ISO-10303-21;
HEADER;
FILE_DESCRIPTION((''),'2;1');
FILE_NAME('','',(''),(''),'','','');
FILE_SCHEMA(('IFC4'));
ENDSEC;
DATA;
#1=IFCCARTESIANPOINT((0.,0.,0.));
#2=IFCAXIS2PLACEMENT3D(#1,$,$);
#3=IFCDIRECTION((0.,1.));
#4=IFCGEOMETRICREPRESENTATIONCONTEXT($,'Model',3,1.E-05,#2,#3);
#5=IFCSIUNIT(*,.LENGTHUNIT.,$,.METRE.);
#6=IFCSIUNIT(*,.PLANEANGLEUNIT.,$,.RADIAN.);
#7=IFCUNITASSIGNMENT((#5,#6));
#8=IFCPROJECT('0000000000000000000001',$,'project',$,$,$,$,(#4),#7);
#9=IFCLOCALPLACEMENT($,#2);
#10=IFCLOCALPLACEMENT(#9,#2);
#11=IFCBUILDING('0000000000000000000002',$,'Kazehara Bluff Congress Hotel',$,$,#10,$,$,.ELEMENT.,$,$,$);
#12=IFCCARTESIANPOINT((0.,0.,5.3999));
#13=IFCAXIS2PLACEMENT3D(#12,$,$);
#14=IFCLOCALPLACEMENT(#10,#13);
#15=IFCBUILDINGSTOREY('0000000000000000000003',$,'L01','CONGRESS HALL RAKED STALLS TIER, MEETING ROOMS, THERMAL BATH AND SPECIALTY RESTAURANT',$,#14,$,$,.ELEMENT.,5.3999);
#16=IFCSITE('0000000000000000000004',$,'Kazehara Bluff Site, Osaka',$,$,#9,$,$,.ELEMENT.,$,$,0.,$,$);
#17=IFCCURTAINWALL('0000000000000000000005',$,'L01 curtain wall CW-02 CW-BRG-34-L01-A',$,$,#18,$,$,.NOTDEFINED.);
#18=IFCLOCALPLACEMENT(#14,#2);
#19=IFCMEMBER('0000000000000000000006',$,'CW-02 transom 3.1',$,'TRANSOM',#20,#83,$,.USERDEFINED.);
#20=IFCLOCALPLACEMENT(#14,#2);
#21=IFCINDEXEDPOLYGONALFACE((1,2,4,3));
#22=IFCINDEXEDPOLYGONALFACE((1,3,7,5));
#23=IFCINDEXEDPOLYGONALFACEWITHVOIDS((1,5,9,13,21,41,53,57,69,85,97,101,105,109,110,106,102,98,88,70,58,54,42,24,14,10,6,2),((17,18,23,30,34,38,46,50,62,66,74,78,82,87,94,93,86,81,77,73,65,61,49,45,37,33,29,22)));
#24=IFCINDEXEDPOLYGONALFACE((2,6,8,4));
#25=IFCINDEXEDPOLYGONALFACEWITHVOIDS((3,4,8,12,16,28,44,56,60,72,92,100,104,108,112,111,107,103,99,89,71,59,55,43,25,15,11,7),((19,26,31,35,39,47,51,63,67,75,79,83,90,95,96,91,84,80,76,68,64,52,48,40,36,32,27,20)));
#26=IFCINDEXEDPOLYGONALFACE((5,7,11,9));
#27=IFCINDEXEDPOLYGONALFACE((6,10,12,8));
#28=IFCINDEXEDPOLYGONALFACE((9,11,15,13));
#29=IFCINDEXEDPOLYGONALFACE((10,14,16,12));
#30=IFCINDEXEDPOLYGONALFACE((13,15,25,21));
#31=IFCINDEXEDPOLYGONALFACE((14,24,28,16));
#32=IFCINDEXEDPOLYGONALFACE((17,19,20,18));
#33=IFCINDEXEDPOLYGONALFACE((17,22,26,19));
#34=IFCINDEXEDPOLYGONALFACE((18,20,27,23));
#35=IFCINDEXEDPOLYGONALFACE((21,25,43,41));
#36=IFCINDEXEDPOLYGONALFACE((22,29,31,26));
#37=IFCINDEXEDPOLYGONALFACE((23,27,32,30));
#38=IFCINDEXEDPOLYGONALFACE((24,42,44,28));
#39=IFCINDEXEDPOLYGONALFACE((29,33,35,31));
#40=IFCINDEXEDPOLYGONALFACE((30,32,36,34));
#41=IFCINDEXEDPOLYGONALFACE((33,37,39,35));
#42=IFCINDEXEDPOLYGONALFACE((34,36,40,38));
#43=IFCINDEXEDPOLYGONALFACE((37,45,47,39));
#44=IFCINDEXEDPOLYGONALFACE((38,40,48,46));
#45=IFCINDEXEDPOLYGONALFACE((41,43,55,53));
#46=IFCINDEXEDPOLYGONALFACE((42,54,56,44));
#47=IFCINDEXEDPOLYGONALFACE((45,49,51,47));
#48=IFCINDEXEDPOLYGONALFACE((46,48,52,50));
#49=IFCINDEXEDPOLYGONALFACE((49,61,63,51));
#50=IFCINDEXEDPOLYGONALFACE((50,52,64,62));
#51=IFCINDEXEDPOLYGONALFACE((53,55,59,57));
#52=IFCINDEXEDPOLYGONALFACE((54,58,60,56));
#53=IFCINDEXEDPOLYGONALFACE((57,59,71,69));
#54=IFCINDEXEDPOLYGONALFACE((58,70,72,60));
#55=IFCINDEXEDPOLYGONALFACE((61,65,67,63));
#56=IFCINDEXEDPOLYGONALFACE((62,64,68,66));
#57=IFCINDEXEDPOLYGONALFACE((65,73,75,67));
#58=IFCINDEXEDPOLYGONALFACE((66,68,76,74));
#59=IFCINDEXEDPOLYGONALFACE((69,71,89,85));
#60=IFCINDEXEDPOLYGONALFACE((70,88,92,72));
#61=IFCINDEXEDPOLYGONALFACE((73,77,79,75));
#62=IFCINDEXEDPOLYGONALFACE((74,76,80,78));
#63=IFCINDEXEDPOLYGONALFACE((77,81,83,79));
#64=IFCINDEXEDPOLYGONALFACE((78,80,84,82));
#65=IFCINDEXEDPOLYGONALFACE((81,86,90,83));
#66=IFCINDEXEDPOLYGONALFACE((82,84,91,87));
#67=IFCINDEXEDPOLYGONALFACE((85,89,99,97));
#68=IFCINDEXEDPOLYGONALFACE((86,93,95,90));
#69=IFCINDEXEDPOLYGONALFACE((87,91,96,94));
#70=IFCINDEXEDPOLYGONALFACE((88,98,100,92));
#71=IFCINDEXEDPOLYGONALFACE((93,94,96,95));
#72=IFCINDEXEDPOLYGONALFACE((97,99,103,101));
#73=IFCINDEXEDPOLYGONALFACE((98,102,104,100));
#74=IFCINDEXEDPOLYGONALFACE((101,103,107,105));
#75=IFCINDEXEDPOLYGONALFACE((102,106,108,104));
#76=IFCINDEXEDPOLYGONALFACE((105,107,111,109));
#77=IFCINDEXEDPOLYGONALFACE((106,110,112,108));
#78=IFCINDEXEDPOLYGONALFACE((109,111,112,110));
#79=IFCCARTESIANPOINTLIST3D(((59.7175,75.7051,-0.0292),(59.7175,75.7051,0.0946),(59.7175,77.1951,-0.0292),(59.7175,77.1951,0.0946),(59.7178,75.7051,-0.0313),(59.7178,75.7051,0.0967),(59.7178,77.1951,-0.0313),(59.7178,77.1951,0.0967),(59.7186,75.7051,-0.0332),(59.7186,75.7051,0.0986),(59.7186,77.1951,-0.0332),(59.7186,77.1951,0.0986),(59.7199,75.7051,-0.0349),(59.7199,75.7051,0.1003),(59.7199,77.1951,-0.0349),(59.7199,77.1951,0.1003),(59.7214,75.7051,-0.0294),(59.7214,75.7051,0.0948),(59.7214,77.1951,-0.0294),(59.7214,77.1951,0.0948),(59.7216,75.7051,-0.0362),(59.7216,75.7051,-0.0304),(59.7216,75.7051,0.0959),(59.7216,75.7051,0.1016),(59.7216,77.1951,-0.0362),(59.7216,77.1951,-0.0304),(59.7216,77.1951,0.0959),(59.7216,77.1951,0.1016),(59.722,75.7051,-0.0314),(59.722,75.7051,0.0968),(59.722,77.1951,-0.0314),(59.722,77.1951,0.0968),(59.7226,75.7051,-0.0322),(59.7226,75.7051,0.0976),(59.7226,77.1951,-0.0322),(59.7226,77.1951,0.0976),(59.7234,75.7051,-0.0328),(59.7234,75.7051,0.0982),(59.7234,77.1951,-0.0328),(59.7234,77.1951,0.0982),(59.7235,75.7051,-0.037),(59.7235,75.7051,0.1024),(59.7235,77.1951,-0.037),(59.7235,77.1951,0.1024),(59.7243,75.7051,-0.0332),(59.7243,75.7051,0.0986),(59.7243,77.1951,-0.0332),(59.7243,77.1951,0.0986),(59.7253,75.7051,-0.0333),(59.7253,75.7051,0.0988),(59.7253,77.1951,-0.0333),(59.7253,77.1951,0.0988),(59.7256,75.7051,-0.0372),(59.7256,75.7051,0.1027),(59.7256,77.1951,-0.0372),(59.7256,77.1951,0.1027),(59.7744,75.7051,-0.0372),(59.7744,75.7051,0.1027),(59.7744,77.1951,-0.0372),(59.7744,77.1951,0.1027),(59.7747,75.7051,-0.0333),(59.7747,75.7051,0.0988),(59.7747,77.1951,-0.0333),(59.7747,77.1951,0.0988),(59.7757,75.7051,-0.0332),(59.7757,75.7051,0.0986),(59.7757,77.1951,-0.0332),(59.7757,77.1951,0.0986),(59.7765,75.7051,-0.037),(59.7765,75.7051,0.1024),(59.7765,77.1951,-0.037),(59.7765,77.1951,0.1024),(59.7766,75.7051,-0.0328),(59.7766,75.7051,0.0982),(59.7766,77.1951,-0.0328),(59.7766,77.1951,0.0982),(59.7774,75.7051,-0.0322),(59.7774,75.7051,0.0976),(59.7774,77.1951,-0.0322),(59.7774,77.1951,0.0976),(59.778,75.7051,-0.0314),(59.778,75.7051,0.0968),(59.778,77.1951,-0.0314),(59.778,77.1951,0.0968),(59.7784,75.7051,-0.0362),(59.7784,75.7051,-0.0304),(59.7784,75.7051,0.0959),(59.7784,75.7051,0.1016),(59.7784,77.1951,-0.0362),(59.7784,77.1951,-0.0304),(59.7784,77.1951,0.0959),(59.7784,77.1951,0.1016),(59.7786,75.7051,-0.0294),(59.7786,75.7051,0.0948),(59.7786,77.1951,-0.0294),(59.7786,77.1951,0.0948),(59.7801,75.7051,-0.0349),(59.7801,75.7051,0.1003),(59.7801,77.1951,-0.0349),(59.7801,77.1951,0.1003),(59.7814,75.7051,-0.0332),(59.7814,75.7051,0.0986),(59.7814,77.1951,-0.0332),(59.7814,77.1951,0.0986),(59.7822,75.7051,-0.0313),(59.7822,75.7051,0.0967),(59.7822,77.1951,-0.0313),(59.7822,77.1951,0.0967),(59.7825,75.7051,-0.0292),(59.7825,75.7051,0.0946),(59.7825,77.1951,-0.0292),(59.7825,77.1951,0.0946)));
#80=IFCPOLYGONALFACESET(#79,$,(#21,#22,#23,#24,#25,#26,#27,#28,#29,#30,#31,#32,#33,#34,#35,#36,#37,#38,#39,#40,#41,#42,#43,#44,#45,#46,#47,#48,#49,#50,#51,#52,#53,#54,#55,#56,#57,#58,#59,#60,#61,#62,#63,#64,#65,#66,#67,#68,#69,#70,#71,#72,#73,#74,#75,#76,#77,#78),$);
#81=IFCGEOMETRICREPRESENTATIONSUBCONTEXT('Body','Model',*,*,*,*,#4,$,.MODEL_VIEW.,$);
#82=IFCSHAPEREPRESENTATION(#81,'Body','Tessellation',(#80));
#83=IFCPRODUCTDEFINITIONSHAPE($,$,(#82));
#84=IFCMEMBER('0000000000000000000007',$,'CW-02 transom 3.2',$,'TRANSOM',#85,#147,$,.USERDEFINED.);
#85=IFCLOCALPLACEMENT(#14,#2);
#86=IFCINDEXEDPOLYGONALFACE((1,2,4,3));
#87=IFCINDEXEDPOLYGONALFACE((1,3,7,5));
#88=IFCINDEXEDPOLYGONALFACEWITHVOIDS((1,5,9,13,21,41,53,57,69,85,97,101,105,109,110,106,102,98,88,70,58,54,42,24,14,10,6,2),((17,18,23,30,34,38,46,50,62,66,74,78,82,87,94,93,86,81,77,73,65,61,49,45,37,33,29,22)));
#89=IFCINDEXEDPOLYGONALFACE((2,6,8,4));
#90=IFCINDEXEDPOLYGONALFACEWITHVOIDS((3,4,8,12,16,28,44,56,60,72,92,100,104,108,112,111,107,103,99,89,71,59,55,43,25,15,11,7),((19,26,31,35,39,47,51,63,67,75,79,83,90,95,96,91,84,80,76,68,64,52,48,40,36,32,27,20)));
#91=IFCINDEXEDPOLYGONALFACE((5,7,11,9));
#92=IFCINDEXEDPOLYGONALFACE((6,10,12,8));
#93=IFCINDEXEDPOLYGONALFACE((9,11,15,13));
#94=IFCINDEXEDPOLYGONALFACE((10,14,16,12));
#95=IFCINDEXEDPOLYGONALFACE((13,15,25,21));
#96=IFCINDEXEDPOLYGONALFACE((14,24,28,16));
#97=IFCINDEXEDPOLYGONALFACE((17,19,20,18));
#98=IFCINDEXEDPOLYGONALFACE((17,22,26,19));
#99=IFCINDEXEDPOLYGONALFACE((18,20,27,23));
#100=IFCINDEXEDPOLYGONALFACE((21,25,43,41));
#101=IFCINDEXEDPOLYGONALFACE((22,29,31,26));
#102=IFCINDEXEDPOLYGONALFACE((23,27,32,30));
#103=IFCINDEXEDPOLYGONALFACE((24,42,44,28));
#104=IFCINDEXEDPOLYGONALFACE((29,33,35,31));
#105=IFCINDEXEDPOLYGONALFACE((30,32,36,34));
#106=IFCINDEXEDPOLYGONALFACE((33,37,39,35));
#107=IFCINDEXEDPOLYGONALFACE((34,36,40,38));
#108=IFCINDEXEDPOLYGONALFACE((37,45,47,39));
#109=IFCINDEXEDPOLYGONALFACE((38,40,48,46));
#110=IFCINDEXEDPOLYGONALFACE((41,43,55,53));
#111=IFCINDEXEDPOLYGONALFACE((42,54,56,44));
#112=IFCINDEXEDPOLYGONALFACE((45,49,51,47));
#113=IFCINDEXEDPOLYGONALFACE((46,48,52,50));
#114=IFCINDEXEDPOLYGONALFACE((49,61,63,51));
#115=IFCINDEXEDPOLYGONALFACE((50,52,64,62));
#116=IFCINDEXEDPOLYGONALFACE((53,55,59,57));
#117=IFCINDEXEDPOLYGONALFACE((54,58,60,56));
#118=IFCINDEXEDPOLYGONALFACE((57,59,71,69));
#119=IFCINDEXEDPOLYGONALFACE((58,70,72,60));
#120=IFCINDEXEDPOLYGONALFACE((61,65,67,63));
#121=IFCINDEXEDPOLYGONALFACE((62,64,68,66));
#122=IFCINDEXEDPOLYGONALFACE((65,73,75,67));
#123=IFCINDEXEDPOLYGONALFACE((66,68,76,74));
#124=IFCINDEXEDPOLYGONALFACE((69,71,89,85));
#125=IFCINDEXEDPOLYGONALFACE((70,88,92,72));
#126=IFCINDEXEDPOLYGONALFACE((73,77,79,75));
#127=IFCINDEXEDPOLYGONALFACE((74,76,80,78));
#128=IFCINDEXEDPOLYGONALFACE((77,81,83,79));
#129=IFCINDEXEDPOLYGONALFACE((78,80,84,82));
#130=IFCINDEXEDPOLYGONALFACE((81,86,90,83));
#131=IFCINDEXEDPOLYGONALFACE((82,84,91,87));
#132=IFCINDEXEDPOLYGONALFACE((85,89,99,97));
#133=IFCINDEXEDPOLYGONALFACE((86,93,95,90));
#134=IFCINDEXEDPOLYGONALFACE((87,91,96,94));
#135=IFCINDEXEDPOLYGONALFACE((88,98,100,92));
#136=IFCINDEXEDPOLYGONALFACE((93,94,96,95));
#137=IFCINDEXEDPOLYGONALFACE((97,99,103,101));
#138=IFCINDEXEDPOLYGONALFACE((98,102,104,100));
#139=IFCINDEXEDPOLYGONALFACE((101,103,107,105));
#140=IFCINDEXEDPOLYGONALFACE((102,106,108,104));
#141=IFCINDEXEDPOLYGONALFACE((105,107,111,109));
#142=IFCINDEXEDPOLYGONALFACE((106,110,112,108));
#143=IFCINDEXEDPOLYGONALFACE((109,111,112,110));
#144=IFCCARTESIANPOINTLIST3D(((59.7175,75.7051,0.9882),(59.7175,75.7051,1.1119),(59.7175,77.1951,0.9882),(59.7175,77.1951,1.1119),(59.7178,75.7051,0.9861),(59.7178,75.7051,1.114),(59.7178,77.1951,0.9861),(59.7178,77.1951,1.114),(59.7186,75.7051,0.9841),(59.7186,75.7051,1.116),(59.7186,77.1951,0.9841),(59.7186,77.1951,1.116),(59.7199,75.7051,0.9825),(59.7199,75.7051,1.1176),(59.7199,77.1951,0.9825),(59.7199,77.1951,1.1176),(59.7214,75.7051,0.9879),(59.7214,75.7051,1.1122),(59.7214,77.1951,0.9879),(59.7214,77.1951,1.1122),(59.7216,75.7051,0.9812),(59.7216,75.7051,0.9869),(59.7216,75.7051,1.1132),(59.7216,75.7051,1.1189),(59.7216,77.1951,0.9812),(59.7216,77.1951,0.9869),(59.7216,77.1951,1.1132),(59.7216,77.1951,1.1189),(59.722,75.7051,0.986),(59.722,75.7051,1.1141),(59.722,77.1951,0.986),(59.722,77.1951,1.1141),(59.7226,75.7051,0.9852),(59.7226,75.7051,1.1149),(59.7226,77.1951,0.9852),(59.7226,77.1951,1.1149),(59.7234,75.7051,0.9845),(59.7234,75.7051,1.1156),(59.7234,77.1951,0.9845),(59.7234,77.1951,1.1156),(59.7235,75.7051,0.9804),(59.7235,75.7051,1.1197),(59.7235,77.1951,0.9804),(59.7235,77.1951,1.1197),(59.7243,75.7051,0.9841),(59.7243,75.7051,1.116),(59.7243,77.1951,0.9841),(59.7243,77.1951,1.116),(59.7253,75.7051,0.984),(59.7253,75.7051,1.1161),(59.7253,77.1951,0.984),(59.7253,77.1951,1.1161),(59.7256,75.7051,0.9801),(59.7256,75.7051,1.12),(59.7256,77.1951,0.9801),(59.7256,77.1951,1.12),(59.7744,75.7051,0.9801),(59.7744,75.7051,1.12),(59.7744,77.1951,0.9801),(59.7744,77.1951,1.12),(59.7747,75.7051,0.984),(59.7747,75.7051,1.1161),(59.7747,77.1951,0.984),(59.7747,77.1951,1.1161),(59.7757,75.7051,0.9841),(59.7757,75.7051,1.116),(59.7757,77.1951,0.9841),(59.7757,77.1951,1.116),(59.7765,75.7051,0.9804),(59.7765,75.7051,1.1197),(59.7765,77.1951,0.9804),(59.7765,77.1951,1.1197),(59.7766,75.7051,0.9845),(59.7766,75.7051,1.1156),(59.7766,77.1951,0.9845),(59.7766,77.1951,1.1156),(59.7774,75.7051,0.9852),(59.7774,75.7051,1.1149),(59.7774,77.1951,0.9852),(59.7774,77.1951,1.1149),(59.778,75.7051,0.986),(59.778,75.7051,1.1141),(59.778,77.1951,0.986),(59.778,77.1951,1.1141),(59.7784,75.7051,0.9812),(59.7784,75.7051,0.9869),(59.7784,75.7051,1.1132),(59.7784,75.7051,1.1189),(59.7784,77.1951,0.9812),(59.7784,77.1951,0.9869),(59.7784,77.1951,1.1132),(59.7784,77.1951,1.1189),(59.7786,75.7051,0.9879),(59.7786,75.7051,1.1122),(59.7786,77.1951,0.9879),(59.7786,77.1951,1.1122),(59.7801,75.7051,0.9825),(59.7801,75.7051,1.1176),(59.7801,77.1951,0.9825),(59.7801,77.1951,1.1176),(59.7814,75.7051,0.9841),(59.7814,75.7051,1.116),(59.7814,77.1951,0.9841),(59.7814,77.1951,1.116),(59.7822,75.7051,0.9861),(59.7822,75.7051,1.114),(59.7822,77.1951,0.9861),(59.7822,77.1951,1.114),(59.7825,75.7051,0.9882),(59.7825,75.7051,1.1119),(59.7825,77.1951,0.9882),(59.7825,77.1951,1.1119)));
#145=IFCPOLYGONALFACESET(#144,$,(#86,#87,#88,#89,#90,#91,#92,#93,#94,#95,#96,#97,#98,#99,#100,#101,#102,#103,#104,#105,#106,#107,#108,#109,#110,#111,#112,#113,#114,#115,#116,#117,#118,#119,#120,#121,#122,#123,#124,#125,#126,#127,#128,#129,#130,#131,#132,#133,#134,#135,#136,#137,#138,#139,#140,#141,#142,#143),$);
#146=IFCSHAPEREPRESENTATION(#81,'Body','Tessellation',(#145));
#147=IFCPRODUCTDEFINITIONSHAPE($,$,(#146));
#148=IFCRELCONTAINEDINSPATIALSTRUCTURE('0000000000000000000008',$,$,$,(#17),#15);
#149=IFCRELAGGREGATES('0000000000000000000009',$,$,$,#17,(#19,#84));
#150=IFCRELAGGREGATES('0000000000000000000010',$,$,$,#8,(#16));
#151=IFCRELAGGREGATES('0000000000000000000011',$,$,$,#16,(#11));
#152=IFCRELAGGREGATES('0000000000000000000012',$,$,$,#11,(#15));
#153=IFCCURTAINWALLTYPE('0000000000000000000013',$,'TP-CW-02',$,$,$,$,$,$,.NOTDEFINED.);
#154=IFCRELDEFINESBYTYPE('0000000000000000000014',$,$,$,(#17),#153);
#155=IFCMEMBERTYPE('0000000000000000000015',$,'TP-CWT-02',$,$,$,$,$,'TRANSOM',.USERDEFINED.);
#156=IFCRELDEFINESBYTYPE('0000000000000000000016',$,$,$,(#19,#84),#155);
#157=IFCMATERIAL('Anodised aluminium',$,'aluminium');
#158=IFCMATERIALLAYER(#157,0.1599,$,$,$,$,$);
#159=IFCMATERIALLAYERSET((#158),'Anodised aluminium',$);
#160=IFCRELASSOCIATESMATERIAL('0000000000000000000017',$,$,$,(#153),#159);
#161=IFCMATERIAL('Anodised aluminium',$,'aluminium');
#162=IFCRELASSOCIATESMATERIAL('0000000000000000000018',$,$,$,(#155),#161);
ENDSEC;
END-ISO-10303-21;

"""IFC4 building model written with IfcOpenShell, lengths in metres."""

from ifc_helpers import new_model, si_unit, direction, frame, origin, origin_2d, place, context, subcontext, project, spatial, hollow_rectangle, extrude, material, layer, layer_set, material_profile, profile_set, type_object, element, aggregate, save


model = new_model("IFC4")

# Units and contexts
model_context = context("Model", 3, precision=1e-05, world=origin(), true_north=direction((0.0, 1.0)))
body_context = subcontext(model_context, "Body", "Model", "MODEL_VIEW")
ifc_project = project(units=[si_unit("LENGTHUNIT", "METRE"), si_unit("PLANEANGLEUNIT", "RADIAN")], contexts=[model_context])

# Site, building, storey
site_placement = place(None, origin())
site = spatial("IfcSite", under=ifc_project, at=site_placement, Name="Kazehara Bluff Site, Osaka", CompositionType="ELEMENT", RefElevation=0.0)
building_placement = place(site_placement, origin())
building = spatial("IfcBuilding", under=site, at=building_placement, Name="Kazehara Bluff Congress Hotel", CompositionType="ELEMENT")
storey_placement = place(building_placement, frame((0.0, 0.0, 5.3999)))
storey = spatial("IfcBuildingStorey", under=building, at=storey_placement, Name="L01", Description="CONGRESS HALL RAKED STALLS TIER, MEETING ROOMS, THERMAL BATH AND SPECIALTY RESTAURANT", CompositionType="ELEMENT", Elevation=5.3999)

# Curtain wall, members
ifc_material_1 = material(Name="Anodised aluminium", Category="aluminium")
ifc_layer_1 = layer(ifc_material_1, 0.1599)
ifc_layer_set_1 = layer_set([ifc_layer_1], Name="Anodised aluminium")
curtain_wall_type = type_object("IfcCurtainWallType", Name="TP-CW-02", PredefinedType="NOTDEFINED", material=ifc_layer_set_1)
curtain_wall_placement = place(storey_placement, origin())
curtain_wall = element("IfcCurtainWall", 1, at=curtain_wall_placement, inside=storey, type_object=curtain_wall_type, Name="L01 curtain wall CW-02 CW-BRG-34-L01-A", PredefinedType="NOTDEFINED")
ifc_material_2 = material(Name="Anodised aluminium", Category="aluminium")
ifc_material_profile_1 = material_profile(ifc_material_2, hollow_rectangle(XDim=0.0649, YDim=0.1399, WallThickness=0.0039, InnerFilletRadius=0.0039, OuterFilletRadius=0.0081, at=origin_2d()))
ifc_profile_set_1 = profile_set([ifc_material_profile_1], Name="Anodised aluminium")
member_type_1 = type_object("IfcMemberType", Name="TP-CWT-02", ElementType="TRANSOM", PredefinedType="USERDEFINED", material=ifc_profile_set_1)
member_1_placement = place(storey_placement, frame((59.75, 75.7051, 0.0327), z_axis=(0.0, 1.0, 0.0), x_axis=(-1.0, 0.0, 0.0)))
member_1 = element("IfcMember", 2, at=member_1_placement, type_object=member_type_1, Name="CW-02 transom 3.1", ObjectType="TRANSOM", PredefinedType="USERDEFINED", context=body_context, shape_type="SweptSolid", body=[
    extrude(hollow_rectangle(XDim=0.0649, YDim=0.1399, WallThickness=0.0039, InnerFilletRadius=0.0039, OuterFilletRadius=0.0081, at=origin_2d()), origin(), (0.0, 0.0, 1.0), 1.49),
])
member_2_placement = place(storey_placement, frame((59.75, 75.7051, 1.05), z_axis=(0.0, 1.0, 0.0), x_axis=(-1.0, 0.0, 0.0)))
member_2 = element("IfcMember", 3, at=member_2_placement, type_object=member_type_1, Name="CW-02 transom 3.2", ObjectType="TRANSOM", PredefinedType="USERDEFINED", context=body_context, shape_type="SweptSolid", body=[
    extrude(hollow_rectangle(XDim=0.0649, YDim=0.1399, WallThickness=0.0039, InnerFilletRadius=0.0039, OuterFilletRadius=0.0081, at=origin_2d()), origin(), (0.0, 0.0, 1.0), 1.49),
])

aggregate(curtain_wall, [member_1, member_2])

save(model, "model.ifc")
